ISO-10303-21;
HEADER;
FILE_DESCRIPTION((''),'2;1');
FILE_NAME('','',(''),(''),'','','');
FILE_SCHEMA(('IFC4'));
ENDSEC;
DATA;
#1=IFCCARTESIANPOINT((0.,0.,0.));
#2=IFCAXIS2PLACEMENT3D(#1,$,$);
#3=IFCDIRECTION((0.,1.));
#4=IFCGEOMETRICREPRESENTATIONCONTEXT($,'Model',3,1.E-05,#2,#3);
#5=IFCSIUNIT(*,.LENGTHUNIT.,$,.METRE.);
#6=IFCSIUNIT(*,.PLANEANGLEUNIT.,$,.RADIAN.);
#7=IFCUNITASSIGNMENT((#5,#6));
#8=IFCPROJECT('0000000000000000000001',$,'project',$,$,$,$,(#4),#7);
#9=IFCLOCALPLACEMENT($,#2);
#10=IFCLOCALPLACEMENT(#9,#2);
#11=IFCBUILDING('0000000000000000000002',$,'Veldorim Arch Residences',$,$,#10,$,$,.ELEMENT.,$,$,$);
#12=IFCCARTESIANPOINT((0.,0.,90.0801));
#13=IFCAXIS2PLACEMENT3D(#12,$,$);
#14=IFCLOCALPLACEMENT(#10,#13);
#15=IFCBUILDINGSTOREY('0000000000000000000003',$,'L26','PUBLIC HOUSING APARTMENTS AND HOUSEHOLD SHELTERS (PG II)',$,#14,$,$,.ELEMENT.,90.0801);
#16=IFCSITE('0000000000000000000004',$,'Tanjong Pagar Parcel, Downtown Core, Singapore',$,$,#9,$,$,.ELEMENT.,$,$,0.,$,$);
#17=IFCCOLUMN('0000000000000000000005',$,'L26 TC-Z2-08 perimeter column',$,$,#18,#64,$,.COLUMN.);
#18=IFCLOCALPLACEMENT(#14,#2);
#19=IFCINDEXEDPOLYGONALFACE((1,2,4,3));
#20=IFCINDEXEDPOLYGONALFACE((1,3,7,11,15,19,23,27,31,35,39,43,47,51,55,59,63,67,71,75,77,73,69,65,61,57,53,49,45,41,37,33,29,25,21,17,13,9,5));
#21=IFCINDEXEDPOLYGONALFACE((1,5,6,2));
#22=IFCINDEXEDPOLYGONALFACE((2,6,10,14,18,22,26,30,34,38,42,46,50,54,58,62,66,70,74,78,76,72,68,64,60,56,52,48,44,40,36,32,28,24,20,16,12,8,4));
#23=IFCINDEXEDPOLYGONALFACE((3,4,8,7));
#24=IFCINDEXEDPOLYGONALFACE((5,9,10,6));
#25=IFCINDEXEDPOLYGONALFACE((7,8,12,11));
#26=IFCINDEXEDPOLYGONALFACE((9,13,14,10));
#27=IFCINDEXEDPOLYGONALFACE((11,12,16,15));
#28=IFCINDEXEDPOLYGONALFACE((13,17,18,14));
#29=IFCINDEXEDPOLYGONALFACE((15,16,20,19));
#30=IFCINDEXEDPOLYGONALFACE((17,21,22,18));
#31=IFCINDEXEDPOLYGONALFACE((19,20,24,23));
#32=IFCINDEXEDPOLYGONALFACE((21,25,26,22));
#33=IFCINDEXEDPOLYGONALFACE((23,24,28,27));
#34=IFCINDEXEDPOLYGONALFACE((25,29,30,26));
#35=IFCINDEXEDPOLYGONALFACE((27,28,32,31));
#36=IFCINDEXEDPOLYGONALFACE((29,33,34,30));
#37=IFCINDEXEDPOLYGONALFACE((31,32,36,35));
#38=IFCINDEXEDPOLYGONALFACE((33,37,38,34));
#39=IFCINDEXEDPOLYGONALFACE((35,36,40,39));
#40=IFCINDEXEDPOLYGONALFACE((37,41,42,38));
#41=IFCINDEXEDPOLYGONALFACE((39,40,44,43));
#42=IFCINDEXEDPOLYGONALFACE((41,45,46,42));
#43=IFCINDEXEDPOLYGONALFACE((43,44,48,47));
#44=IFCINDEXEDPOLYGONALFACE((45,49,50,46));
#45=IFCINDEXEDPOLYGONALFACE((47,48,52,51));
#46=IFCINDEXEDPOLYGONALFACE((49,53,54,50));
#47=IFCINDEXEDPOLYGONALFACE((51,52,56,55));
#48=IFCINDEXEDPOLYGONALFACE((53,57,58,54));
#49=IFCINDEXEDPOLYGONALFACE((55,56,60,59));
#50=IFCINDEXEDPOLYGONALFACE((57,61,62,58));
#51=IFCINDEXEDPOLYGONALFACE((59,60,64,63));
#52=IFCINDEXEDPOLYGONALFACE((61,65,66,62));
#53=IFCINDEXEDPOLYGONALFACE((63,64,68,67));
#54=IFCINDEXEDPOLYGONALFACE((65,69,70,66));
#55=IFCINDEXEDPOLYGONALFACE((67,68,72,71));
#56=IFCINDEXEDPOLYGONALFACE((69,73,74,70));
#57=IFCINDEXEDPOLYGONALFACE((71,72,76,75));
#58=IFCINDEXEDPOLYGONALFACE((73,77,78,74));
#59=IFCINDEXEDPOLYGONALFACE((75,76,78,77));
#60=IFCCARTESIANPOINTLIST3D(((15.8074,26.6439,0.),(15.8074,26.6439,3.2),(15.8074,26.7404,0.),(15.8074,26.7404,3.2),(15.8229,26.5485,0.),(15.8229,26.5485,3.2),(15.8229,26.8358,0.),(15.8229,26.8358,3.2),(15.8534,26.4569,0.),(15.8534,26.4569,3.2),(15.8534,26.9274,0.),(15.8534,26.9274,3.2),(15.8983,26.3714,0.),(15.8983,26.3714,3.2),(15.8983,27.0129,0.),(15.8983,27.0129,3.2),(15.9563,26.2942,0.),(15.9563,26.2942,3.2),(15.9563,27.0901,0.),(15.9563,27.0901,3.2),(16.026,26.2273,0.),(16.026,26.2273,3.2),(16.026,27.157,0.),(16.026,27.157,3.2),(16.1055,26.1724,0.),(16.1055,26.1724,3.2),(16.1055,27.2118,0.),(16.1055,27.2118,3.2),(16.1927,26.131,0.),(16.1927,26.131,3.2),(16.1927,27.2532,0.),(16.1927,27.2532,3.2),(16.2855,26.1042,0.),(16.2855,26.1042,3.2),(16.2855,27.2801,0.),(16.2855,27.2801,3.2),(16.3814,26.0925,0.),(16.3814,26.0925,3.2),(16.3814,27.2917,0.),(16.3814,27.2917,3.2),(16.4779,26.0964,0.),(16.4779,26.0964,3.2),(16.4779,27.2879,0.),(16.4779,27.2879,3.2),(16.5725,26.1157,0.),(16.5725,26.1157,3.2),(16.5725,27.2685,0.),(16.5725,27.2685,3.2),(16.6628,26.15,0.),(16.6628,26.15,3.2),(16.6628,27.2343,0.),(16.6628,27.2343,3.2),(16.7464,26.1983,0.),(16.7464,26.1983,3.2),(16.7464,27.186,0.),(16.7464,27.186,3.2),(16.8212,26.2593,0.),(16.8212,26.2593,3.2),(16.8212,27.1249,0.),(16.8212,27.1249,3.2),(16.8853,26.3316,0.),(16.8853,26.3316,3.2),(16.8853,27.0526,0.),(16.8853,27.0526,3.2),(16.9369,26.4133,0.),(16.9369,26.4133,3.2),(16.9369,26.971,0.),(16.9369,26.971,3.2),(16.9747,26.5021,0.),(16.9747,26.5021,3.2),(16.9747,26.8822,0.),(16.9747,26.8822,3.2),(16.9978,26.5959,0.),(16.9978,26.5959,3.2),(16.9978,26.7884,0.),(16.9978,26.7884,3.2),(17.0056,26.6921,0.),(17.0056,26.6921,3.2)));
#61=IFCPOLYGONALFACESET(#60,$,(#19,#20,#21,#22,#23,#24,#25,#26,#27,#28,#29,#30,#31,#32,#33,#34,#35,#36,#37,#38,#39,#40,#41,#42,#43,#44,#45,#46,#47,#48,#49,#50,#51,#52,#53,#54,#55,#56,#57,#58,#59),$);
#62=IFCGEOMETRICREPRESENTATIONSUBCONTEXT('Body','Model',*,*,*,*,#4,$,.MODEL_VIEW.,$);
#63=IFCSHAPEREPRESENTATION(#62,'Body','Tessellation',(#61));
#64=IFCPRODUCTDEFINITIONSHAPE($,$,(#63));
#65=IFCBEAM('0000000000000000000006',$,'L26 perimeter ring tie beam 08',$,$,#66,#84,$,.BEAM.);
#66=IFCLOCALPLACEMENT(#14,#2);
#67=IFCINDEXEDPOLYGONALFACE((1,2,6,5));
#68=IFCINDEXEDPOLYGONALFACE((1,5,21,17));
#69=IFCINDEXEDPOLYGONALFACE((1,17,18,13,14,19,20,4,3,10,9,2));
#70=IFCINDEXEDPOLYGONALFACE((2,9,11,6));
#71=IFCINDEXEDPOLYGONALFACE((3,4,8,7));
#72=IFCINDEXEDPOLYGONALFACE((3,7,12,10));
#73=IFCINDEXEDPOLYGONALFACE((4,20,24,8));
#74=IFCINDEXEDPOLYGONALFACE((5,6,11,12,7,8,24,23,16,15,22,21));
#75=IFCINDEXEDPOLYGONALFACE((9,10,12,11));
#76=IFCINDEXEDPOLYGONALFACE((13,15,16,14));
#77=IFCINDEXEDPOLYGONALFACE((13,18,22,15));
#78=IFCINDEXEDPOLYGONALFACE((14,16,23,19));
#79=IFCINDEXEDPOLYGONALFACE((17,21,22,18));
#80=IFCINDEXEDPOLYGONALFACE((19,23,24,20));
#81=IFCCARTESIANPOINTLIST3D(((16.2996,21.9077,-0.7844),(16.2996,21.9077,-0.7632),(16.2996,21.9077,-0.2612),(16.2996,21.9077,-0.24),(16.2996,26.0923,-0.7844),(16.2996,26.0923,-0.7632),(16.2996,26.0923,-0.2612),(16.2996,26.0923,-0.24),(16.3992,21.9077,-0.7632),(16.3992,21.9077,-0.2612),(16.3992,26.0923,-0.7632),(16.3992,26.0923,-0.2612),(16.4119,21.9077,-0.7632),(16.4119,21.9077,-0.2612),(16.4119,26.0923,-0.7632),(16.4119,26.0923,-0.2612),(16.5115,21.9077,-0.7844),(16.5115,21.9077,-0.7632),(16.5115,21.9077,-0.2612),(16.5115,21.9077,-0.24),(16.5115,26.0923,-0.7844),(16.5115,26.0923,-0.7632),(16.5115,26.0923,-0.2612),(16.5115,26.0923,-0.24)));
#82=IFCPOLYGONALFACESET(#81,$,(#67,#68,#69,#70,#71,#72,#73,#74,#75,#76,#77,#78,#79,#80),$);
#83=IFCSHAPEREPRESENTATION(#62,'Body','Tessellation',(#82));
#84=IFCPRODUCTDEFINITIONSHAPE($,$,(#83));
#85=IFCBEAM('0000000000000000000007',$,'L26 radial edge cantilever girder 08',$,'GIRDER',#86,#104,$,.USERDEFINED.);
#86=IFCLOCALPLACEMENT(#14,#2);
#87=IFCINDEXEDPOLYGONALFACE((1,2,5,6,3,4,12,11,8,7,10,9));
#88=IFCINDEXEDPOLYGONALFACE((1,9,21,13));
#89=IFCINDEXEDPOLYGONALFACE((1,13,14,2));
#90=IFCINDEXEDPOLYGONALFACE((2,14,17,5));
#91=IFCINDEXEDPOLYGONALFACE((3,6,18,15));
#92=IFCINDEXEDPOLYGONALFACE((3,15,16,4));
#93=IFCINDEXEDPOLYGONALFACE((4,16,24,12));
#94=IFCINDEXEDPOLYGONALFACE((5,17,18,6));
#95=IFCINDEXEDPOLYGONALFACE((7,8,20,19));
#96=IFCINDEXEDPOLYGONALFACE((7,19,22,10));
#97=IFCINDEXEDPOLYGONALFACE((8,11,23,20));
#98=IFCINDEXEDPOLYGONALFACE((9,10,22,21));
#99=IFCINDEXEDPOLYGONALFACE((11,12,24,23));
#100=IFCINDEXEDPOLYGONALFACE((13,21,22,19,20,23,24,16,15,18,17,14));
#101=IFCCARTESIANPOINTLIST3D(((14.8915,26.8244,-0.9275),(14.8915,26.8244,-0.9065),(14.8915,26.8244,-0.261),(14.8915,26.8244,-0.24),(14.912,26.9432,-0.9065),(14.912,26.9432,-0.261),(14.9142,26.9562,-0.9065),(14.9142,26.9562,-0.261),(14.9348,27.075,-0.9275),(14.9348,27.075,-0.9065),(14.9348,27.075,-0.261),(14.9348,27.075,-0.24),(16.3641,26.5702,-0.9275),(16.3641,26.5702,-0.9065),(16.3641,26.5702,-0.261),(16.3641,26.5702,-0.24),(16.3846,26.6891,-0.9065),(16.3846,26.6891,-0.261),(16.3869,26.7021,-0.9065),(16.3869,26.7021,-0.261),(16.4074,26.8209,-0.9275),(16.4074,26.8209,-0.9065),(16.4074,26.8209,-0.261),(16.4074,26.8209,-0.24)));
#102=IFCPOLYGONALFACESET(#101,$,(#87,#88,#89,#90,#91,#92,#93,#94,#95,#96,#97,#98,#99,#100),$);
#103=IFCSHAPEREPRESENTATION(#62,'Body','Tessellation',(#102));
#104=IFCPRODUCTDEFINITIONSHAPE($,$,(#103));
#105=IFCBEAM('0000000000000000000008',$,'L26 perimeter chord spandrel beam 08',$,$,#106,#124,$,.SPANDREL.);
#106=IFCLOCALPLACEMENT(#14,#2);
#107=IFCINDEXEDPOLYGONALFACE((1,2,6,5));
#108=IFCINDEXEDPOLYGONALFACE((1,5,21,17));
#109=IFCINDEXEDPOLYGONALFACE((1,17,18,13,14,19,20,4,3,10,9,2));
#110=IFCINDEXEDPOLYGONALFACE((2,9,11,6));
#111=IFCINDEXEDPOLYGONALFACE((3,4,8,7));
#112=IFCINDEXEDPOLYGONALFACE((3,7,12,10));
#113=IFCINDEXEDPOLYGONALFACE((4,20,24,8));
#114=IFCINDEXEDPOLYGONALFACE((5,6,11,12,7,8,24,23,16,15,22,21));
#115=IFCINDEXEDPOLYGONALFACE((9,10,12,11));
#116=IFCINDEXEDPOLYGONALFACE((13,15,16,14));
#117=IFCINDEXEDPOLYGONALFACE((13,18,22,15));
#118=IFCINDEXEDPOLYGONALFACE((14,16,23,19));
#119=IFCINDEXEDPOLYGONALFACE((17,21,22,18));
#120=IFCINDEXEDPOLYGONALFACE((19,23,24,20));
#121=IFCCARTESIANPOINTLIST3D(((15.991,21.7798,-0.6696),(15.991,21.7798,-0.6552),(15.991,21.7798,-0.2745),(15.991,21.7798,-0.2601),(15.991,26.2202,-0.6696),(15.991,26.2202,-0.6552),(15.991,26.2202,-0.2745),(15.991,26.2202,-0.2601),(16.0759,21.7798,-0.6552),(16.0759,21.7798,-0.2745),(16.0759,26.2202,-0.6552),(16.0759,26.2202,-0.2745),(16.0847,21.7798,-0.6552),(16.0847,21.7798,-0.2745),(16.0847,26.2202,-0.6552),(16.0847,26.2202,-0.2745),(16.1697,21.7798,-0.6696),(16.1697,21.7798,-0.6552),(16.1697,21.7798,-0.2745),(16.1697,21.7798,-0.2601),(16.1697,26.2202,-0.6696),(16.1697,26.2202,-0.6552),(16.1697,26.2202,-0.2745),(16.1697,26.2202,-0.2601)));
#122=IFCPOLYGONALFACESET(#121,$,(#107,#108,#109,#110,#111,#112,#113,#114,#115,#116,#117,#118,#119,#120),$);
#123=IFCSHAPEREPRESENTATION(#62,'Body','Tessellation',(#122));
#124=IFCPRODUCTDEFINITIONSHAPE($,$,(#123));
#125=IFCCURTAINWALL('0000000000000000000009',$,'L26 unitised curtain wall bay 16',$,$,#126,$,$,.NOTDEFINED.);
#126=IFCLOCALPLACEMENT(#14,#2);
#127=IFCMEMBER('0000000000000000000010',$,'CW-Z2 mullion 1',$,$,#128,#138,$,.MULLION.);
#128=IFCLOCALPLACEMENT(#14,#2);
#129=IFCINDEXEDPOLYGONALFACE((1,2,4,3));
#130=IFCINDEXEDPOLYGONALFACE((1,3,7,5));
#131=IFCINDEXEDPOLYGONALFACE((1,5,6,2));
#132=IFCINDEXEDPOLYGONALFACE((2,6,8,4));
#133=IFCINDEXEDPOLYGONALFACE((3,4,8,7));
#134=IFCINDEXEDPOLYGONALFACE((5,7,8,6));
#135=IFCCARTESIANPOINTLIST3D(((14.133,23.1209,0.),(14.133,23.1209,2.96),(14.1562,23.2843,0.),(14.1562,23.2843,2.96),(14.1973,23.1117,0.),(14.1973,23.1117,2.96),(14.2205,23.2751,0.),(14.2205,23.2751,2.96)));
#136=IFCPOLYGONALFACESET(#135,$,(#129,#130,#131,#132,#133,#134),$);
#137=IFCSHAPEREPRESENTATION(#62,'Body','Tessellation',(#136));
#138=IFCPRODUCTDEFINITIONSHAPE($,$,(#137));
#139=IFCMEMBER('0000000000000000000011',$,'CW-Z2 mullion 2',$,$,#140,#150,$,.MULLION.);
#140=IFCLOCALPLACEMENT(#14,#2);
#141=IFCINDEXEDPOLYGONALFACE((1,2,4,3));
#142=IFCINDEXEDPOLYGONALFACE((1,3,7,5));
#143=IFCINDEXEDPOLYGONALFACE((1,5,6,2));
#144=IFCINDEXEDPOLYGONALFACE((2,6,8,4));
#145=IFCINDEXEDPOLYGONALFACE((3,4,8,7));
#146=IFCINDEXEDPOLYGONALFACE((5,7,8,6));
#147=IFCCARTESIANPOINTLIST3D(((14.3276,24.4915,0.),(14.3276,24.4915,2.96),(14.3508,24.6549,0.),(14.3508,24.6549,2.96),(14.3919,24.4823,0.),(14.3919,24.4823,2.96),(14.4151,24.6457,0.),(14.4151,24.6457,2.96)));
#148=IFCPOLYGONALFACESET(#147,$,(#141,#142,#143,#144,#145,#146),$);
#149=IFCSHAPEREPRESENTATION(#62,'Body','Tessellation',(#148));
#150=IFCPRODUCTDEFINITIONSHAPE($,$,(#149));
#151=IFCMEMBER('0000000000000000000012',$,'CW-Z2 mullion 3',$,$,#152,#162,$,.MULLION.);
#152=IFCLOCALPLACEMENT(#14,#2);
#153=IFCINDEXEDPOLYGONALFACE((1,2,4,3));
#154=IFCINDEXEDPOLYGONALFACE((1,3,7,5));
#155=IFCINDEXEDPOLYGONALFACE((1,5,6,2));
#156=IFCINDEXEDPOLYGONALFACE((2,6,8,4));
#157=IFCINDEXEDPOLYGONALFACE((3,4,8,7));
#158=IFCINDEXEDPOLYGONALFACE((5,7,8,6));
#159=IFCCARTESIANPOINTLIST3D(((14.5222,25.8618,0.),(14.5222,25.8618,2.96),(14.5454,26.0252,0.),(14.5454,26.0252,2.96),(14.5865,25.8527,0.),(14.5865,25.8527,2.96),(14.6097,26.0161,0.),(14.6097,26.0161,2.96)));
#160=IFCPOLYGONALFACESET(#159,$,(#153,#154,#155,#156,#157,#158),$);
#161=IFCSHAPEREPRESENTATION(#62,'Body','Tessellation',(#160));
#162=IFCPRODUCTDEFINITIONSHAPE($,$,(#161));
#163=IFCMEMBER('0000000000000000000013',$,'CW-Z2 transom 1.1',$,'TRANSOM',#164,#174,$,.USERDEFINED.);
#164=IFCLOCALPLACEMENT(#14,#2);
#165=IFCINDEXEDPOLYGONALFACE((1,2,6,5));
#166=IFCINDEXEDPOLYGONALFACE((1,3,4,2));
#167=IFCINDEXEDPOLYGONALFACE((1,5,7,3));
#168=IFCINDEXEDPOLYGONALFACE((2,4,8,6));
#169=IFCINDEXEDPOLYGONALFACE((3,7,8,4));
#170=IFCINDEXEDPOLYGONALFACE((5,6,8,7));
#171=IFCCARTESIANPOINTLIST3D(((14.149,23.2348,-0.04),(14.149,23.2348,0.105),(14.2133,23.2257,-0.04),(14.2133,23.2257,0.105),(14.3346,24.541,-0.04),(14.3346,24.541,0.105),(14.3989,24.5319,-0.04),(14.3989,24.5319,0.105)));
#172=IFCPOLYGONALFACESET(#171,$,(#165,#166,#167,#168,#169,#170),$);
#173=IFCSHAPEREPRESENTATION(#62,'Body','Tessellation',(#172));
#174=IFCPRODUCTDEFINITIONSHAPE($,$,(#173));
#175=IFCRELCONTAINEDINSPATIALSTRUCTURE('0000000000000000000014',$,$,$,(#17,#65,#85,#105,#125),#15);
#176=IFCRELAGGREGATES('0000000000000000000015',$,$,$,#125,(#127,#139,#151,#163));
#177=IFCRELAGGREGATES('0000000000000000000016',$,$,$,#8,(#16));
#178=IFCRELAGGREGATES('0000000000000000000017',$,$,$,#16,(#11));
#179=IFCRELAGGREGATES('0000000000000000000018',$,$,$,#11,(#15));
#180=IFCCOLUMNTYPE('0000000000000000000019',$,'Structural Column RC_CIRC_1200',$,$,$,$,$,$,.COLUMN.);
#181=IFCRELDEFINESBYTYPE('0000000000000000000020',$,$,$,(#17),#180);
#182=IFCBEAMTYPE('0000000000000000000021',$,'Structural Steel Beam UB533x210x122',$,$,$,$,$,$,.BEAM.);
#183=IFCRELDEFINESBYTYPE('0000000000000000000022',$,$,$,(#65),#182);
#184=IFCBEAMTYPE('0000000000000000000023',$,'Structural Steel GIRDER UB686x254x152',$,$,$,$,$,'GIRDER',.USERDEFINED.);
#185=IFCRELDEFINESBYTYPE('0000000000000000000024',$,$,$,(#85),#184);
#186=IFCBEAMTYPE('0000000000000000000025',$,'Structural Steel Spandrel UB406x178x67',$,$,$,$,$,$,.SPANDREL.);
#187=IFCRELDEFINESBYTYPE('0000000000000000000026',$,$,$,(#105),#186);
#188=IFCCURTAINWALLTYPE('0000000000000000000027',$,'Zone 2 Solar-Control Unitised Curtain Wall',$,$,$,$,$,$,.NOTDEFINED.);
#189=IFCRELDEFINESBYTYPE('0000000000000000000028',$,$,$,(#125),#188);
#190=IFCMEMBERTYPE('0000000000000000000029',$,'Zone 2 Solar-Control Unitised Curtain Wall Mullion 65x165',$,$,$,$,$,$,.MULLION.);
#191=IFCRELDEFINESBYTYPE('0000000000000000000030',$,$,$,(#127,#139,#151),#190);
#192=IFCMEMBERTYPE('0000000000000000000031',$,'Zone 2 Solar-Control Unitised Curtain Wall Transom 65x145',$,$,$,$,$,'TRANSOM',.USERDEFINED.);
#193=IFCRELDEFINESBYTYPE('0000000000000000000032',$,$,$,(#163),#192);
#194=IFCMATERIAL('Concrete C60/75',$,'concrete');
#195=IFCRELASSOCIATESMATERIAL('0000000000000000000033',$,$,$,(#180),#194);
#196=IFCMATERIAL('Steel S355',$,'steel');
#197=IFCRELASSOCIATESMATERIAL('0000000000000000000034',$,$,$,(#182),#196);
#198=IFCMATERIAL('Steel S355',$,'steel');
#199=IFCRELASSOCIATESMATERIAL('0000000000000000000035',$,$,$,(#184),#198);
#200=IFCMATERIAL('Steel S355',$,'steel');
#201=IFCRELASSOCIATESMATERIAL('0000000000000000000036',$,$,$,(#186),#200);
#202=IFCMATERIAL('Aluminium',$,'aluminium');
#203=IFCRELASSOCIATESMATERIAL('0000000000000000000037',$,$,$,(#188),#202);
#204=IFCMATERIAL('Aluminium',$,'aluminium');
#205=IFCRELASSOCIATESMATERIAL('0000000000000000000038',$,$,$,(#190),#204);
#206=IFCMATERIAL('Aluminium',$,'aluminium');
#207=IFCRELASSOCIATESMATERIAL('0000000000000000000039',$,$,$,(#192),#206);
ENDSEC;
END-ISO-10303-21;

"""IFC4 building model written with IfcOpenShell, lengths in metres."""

from ifc_helpers import new_model, si_unit, direction, frame, origin, origin_2d, place, context, subcontext, project, spatial, rectangle, circle, i_section, extrude, material, material_profile, profile_set, type_object, element, aggregate, save


model = new_model("IFC4")

# Units and contexts
model_context = context("Model", 3, precision=1e-05, world=origin(), true_north=direction((0.0, 1.0)))
body_context = subcontext(model_context, "Body", "Model", "MODEL_VIEW")
ifc_project = project(units=[si_unit("LENGTHUNIT", "METRE"), si_unit("PLANEANGLEUNIT", "RADIAN")], contexts=[model_context])

# Site, building, storey
site_placement = place(None, origin())
site = spatial("IfcSite", under=ifc_project, at=site_placement, Name="Tanjong Pagar Parcel, Downtown Core, Singapore", CompositionType="ELEMENT", RefElevation=0.0)
building_placement = place(site_placement, origin())
building = spatial("IfcBuilding", under=site, at=building_placement, Name="Veldorim Arch Residences", CompositionType="ELEMENT")
storey_placement = place(building_placement, frame((0.0, 0.0, 90.0801)))
storey = spatial("IfcBuildingStorey", under=building, at=storey_placement, Name="L26", Description="PUBLIC HOUSING APARTMENTS AND HOUSEHOLD SHELTERS (PG II)", CompositionType="ELEMENT", Elevation=90.0801)

# Column
ifc_material_1 = material(Name="Concrete C60/75", Category="concrete")
ifc_material_profile_1 = material_profile(ifc_material_1, circle(Radius=0.6001, at=origin_2d()), Name="RC_CIRC_1200")
ifc_profile_set_1 = profile_set([ifc_material_profile_1], Name="Concrete C60/75")
column_type = type_object("IfcColumnType", Name="Structural Column RC_CIRC_1200", PredefinedType="COLUMN", material=ifc_profile_set_1)
column_placement = place(storey_placement, frame((16.4055, 26.6921, 0.0), z_axis=(0.0, 0.0, 1.0), x_axis=(1.0, 0.0, 0.0)))
element("IfcColumn", 1, at=column_placement, inside=storey, type_object=column_type, Name="L26 TC-Z2-08 perimeter column", PredefinedType="COLUMN", context=body_context, shape_type="SweptSolid", body=[
    extrude(circle(Radius=0.6001, at=origin_2d()), origin(), (0.0, 0.0, 1.0), 3.2),
])

# Beams
ifc_material_2 = material(Name="Steel S355", Category="steel")
ifc_material_profile_2 = material_profile(ifc_material_2, i_section(OverallWidth=0.2119, OverallDepth=0.5444, WebThickness=0.0127, FlangeThickness=0.0212, at=origin_2d()), Name="UB533x210x122")
ifc_profile_set_2 = profile_set([ifc_material_profile_2], Name="Steel S355")
beam_type_1 = type_object("IfcBeamType", Name="Structural Steel Beam UB533x210x122", PredefinedType="BEAM", material=ifc_profile_set_2)
beam_1_placement = place(storey_placement, frame((16.4055, 26.0923, -0.5122), z_axis=(0.0, -1.0, 0.0), x_axis=(1.0, 0.0, 0.0)))
element("IfcBeam", 2, at=beam_1_placement, inside=storey, type_object=beam_type_1, Name="L26 perimeter ring tie beam 08", PredefinedType="BEAM", context=body_context, shape_type="SweptSolid", body=[
    extrude(i_section(OverallWidth=0.2119, OverallDepth=0.5444, WebThickness=0.0127, FlangeThickness=0.0212, at=origin_2d()), origin(), (0.0, 0.0, 1.0), 4.1846),
])
ifc_material_3 = material(Name="Steel S355", Category="steel")
ifc_material_profile_3 = material_profile(ifc_material_3, i_section(OverallWidth=0.2544, OverallDepth=0.6875, WebThickness=0.0132, FlangeThickness=0.021, at=origin_2d()), Name="UB686x254x152")
ifc_profile_set_3 = profile_set([ifc_material_profile_3], Name="Steel S355")
beam_type_2 = type_object("IfcBeamType", Name="Structural Steel GIRDER UB686x254x152", ElementType="GIRDER", PredefinedType="USERDEFINED", material=ifc_profile_set_3)
beam_2_placement = place(storey_placement, frame((16.3857, 26.6956, -0.5837), z_axis=(-0.985433, 0.170066, 0.0), x_axis=(-0.170066, -0.985433, 0.0)))
element("IfcBeam", 3, at=beam_2_placement, inside=storey, type_object=beam_type_2, Name="L26 radial edge cantilever girder 08", ObjectType="GIRDER", PredefinedType="USERDEFINED", context=body_context, shape_type="SweptSolid", body=[
    extrude(i_section(OverallWidth=0.2544, OverallDepth=0.6875, WebThickness=0.0132, FlangeThickness=0.021, at=origin_2d()), origin(), (0.0, 0.0, 1.0), 1.4944),
])
ifc_material_4 = material(Name="Steel S355", Category="steel")
ifc_material_profile_4 = material_profile(ifc_material_4, i_section(OverallWidth=0.1787, OverallDepth=0.4094, WebThickness=0.0088, FlangeThickness=0.0144, at=origin_2d()), Name="UB406x178x67")
ifc_profile_set_4 = profile_set([ifc_material_profile_4], Name="Steel S355")
beam_type_3 = type_object("IfcBeamType", Name="Structural Steel Spandrel UB406x178x67", PredefinedType="SPANDREL", material=ifc_profile_set_4)
beam_3_placement = place(storey_placement, frame((16.0803, 26.2202, -0.4648), z_axis=(0.0, -1.0, 0.0), x_axis=(1.0, 0.0, 0.0)))
element("IfcBeam", 4, at=beam_3_placement, inside=storey, type_object=beam_type_3, Name="L26 perimeter chord spandrel beam 08", PredefinedType="SPANDREL", context=body_context, shape_type="SweptSolid", body=[
    extrude(i_section(OverallWidth=0.1787, OverallDepth=0.4094, WebThickness=0.0088, FlangeThickness=0.0144, at=origin_2d()), origin(), (0.0, 0.0, 1.0), 4.4404),
])

# Curtain wall, members
ifc_material_5 = material(Name="Aluminium", Category="aluminium")
curtain_wall_type = type_object("IfcCurtainWallType", Name="Zone 2 Solar-Control Unitised Curtain Wall", PredefinedType="NOTDEFINED", material=ifc_material_5)
curtain_wall_placement = place(storey_placement, origin())
curtain_wall = element("IfcCurtainWall", 5, at=curtain_wall_placement, inside=storey, type_object=curtain_wall_type, Name="L26 unitised curtain wall bay 16", PredefinedType="NOTDEFINED")
ifc_material_6 = material(Name="Aluminium", Category="aluminium")
ifc_material_profile_5 = material_profile(ifc_material_6, rectangle(XDim=0.0649, YDim=0.165, at=origin_2d()), Name="ALU_MUL_65x165")
ifc_profile_set_5 = profile_set([ifc_material_profile_5], Name="Aluminium")
member_type_1 = type_object("IfcMemberType", Name="Zone 2 Solar-Control Unitised Curtain Wall Mullion 65x165", PredefinedType="MULLION", material=ifc_profile_set_5)
member_1_placement = place(storey_placement, frame((14.1768, 23.198, 0.0), z_axis=(0.0, 0.0, 1.0), x_axis=(-0.990071, 0.140571, 0.0)))
member_1 = element("IfcMember", 6, at=member_1_placement, type_object=member_type_1, Name="CW-Z2 mullion 1", PredefinedType="MULLION", context=body_context, shape_type="SweptSolid", body=[
    extrude(rectangle(XDim=0.0649, YDim=0.165, at=origin_2d()), origin(), (0.0, 0.0, 1.0), 2.96),
])
member_2_placement = place(storey_placement, frame((14.3713, 24.5686, 0.0), z_axis=(0.0, 0.0, 1.0), x_axis=(-0.990071, 0.140571, 0.0)))
member_2 = element("IfcMember", 7, at=member_2_placement, type_object=member_type_1, Name="CW-Z2 mullion 2", PredefinedType="MULLION", context=body_context, shape_type="SweptSolid", body=[
    extrude(rectangle(XDim=0.0649, YDim=0.165, at=origin_2d()), origin(), (0.0, 0.0, 1.0), 2.96),
])
member_3_placement = place(storey_placement, frame((14.5659, 25.939, 0.0), z_axis=(0.0, 0.0, 1.0), x_axis=(-0.990071, 0.140571, 0.0)))
member_3 = element("IfcMember", 8, at=member_3_placement, type_object=member_type_1, Name="CW-Z2 mullion 3", PredefinedType="MULLION", context=body_context, shape_type="SweptSolid", body=[
    extrude(rectangle(XDim=0.0649, YDim=0.165, at=origin_2d()), origin(), (0.0, 0.0, 1.0), 2.96),
])
ifc_material_7 = material(Name="Aluminium", Category="aluminium")
ifc_material_profile_6 = material_profile(ifc_material_7, rectangle(XDim=0.0649, YDim=0.145, at=origin_2d()), Name="ALU_TRN_65x145")
ifc_profile_set_6 = profile_set([ifc_material_profile_6], Name="Aluminium")
member_type_2 = type_object("IfcMemberType", Name="Zone 2 Solar-Control Unitised Curtain Wall Transom 65x145", ElementType="TRANSOM", PredefinedType="USERDEFINED", material=ifc_profile_set_6)
member_4_placement = place(storey_placement, frame((14.1812, 23.2302, 0.0325), z_axis=(0.140644, 0.99006, 0.0), x_axis=(-0.99006, 0.140644, 0.0)))
member_4 = element("IfcMember", 9, at=member_4_placement, type_object=member_type_2, Name="CW-Z2 transom 1.1", ObjectType="TRANSOM", PredefinedType="USERDEFINED", context=body_context, shape_type="SweptSolid", body=[
    extrude(rectangle(XDim=0.0649, YDim=0.145, at=origin_2d()), origin(), (0.0, 0.0, 1.0), 1.3193),
])
aggregate(curtain_wall, [member_1, member_2, member_3, member_4])

save(model, "model.ifc")
